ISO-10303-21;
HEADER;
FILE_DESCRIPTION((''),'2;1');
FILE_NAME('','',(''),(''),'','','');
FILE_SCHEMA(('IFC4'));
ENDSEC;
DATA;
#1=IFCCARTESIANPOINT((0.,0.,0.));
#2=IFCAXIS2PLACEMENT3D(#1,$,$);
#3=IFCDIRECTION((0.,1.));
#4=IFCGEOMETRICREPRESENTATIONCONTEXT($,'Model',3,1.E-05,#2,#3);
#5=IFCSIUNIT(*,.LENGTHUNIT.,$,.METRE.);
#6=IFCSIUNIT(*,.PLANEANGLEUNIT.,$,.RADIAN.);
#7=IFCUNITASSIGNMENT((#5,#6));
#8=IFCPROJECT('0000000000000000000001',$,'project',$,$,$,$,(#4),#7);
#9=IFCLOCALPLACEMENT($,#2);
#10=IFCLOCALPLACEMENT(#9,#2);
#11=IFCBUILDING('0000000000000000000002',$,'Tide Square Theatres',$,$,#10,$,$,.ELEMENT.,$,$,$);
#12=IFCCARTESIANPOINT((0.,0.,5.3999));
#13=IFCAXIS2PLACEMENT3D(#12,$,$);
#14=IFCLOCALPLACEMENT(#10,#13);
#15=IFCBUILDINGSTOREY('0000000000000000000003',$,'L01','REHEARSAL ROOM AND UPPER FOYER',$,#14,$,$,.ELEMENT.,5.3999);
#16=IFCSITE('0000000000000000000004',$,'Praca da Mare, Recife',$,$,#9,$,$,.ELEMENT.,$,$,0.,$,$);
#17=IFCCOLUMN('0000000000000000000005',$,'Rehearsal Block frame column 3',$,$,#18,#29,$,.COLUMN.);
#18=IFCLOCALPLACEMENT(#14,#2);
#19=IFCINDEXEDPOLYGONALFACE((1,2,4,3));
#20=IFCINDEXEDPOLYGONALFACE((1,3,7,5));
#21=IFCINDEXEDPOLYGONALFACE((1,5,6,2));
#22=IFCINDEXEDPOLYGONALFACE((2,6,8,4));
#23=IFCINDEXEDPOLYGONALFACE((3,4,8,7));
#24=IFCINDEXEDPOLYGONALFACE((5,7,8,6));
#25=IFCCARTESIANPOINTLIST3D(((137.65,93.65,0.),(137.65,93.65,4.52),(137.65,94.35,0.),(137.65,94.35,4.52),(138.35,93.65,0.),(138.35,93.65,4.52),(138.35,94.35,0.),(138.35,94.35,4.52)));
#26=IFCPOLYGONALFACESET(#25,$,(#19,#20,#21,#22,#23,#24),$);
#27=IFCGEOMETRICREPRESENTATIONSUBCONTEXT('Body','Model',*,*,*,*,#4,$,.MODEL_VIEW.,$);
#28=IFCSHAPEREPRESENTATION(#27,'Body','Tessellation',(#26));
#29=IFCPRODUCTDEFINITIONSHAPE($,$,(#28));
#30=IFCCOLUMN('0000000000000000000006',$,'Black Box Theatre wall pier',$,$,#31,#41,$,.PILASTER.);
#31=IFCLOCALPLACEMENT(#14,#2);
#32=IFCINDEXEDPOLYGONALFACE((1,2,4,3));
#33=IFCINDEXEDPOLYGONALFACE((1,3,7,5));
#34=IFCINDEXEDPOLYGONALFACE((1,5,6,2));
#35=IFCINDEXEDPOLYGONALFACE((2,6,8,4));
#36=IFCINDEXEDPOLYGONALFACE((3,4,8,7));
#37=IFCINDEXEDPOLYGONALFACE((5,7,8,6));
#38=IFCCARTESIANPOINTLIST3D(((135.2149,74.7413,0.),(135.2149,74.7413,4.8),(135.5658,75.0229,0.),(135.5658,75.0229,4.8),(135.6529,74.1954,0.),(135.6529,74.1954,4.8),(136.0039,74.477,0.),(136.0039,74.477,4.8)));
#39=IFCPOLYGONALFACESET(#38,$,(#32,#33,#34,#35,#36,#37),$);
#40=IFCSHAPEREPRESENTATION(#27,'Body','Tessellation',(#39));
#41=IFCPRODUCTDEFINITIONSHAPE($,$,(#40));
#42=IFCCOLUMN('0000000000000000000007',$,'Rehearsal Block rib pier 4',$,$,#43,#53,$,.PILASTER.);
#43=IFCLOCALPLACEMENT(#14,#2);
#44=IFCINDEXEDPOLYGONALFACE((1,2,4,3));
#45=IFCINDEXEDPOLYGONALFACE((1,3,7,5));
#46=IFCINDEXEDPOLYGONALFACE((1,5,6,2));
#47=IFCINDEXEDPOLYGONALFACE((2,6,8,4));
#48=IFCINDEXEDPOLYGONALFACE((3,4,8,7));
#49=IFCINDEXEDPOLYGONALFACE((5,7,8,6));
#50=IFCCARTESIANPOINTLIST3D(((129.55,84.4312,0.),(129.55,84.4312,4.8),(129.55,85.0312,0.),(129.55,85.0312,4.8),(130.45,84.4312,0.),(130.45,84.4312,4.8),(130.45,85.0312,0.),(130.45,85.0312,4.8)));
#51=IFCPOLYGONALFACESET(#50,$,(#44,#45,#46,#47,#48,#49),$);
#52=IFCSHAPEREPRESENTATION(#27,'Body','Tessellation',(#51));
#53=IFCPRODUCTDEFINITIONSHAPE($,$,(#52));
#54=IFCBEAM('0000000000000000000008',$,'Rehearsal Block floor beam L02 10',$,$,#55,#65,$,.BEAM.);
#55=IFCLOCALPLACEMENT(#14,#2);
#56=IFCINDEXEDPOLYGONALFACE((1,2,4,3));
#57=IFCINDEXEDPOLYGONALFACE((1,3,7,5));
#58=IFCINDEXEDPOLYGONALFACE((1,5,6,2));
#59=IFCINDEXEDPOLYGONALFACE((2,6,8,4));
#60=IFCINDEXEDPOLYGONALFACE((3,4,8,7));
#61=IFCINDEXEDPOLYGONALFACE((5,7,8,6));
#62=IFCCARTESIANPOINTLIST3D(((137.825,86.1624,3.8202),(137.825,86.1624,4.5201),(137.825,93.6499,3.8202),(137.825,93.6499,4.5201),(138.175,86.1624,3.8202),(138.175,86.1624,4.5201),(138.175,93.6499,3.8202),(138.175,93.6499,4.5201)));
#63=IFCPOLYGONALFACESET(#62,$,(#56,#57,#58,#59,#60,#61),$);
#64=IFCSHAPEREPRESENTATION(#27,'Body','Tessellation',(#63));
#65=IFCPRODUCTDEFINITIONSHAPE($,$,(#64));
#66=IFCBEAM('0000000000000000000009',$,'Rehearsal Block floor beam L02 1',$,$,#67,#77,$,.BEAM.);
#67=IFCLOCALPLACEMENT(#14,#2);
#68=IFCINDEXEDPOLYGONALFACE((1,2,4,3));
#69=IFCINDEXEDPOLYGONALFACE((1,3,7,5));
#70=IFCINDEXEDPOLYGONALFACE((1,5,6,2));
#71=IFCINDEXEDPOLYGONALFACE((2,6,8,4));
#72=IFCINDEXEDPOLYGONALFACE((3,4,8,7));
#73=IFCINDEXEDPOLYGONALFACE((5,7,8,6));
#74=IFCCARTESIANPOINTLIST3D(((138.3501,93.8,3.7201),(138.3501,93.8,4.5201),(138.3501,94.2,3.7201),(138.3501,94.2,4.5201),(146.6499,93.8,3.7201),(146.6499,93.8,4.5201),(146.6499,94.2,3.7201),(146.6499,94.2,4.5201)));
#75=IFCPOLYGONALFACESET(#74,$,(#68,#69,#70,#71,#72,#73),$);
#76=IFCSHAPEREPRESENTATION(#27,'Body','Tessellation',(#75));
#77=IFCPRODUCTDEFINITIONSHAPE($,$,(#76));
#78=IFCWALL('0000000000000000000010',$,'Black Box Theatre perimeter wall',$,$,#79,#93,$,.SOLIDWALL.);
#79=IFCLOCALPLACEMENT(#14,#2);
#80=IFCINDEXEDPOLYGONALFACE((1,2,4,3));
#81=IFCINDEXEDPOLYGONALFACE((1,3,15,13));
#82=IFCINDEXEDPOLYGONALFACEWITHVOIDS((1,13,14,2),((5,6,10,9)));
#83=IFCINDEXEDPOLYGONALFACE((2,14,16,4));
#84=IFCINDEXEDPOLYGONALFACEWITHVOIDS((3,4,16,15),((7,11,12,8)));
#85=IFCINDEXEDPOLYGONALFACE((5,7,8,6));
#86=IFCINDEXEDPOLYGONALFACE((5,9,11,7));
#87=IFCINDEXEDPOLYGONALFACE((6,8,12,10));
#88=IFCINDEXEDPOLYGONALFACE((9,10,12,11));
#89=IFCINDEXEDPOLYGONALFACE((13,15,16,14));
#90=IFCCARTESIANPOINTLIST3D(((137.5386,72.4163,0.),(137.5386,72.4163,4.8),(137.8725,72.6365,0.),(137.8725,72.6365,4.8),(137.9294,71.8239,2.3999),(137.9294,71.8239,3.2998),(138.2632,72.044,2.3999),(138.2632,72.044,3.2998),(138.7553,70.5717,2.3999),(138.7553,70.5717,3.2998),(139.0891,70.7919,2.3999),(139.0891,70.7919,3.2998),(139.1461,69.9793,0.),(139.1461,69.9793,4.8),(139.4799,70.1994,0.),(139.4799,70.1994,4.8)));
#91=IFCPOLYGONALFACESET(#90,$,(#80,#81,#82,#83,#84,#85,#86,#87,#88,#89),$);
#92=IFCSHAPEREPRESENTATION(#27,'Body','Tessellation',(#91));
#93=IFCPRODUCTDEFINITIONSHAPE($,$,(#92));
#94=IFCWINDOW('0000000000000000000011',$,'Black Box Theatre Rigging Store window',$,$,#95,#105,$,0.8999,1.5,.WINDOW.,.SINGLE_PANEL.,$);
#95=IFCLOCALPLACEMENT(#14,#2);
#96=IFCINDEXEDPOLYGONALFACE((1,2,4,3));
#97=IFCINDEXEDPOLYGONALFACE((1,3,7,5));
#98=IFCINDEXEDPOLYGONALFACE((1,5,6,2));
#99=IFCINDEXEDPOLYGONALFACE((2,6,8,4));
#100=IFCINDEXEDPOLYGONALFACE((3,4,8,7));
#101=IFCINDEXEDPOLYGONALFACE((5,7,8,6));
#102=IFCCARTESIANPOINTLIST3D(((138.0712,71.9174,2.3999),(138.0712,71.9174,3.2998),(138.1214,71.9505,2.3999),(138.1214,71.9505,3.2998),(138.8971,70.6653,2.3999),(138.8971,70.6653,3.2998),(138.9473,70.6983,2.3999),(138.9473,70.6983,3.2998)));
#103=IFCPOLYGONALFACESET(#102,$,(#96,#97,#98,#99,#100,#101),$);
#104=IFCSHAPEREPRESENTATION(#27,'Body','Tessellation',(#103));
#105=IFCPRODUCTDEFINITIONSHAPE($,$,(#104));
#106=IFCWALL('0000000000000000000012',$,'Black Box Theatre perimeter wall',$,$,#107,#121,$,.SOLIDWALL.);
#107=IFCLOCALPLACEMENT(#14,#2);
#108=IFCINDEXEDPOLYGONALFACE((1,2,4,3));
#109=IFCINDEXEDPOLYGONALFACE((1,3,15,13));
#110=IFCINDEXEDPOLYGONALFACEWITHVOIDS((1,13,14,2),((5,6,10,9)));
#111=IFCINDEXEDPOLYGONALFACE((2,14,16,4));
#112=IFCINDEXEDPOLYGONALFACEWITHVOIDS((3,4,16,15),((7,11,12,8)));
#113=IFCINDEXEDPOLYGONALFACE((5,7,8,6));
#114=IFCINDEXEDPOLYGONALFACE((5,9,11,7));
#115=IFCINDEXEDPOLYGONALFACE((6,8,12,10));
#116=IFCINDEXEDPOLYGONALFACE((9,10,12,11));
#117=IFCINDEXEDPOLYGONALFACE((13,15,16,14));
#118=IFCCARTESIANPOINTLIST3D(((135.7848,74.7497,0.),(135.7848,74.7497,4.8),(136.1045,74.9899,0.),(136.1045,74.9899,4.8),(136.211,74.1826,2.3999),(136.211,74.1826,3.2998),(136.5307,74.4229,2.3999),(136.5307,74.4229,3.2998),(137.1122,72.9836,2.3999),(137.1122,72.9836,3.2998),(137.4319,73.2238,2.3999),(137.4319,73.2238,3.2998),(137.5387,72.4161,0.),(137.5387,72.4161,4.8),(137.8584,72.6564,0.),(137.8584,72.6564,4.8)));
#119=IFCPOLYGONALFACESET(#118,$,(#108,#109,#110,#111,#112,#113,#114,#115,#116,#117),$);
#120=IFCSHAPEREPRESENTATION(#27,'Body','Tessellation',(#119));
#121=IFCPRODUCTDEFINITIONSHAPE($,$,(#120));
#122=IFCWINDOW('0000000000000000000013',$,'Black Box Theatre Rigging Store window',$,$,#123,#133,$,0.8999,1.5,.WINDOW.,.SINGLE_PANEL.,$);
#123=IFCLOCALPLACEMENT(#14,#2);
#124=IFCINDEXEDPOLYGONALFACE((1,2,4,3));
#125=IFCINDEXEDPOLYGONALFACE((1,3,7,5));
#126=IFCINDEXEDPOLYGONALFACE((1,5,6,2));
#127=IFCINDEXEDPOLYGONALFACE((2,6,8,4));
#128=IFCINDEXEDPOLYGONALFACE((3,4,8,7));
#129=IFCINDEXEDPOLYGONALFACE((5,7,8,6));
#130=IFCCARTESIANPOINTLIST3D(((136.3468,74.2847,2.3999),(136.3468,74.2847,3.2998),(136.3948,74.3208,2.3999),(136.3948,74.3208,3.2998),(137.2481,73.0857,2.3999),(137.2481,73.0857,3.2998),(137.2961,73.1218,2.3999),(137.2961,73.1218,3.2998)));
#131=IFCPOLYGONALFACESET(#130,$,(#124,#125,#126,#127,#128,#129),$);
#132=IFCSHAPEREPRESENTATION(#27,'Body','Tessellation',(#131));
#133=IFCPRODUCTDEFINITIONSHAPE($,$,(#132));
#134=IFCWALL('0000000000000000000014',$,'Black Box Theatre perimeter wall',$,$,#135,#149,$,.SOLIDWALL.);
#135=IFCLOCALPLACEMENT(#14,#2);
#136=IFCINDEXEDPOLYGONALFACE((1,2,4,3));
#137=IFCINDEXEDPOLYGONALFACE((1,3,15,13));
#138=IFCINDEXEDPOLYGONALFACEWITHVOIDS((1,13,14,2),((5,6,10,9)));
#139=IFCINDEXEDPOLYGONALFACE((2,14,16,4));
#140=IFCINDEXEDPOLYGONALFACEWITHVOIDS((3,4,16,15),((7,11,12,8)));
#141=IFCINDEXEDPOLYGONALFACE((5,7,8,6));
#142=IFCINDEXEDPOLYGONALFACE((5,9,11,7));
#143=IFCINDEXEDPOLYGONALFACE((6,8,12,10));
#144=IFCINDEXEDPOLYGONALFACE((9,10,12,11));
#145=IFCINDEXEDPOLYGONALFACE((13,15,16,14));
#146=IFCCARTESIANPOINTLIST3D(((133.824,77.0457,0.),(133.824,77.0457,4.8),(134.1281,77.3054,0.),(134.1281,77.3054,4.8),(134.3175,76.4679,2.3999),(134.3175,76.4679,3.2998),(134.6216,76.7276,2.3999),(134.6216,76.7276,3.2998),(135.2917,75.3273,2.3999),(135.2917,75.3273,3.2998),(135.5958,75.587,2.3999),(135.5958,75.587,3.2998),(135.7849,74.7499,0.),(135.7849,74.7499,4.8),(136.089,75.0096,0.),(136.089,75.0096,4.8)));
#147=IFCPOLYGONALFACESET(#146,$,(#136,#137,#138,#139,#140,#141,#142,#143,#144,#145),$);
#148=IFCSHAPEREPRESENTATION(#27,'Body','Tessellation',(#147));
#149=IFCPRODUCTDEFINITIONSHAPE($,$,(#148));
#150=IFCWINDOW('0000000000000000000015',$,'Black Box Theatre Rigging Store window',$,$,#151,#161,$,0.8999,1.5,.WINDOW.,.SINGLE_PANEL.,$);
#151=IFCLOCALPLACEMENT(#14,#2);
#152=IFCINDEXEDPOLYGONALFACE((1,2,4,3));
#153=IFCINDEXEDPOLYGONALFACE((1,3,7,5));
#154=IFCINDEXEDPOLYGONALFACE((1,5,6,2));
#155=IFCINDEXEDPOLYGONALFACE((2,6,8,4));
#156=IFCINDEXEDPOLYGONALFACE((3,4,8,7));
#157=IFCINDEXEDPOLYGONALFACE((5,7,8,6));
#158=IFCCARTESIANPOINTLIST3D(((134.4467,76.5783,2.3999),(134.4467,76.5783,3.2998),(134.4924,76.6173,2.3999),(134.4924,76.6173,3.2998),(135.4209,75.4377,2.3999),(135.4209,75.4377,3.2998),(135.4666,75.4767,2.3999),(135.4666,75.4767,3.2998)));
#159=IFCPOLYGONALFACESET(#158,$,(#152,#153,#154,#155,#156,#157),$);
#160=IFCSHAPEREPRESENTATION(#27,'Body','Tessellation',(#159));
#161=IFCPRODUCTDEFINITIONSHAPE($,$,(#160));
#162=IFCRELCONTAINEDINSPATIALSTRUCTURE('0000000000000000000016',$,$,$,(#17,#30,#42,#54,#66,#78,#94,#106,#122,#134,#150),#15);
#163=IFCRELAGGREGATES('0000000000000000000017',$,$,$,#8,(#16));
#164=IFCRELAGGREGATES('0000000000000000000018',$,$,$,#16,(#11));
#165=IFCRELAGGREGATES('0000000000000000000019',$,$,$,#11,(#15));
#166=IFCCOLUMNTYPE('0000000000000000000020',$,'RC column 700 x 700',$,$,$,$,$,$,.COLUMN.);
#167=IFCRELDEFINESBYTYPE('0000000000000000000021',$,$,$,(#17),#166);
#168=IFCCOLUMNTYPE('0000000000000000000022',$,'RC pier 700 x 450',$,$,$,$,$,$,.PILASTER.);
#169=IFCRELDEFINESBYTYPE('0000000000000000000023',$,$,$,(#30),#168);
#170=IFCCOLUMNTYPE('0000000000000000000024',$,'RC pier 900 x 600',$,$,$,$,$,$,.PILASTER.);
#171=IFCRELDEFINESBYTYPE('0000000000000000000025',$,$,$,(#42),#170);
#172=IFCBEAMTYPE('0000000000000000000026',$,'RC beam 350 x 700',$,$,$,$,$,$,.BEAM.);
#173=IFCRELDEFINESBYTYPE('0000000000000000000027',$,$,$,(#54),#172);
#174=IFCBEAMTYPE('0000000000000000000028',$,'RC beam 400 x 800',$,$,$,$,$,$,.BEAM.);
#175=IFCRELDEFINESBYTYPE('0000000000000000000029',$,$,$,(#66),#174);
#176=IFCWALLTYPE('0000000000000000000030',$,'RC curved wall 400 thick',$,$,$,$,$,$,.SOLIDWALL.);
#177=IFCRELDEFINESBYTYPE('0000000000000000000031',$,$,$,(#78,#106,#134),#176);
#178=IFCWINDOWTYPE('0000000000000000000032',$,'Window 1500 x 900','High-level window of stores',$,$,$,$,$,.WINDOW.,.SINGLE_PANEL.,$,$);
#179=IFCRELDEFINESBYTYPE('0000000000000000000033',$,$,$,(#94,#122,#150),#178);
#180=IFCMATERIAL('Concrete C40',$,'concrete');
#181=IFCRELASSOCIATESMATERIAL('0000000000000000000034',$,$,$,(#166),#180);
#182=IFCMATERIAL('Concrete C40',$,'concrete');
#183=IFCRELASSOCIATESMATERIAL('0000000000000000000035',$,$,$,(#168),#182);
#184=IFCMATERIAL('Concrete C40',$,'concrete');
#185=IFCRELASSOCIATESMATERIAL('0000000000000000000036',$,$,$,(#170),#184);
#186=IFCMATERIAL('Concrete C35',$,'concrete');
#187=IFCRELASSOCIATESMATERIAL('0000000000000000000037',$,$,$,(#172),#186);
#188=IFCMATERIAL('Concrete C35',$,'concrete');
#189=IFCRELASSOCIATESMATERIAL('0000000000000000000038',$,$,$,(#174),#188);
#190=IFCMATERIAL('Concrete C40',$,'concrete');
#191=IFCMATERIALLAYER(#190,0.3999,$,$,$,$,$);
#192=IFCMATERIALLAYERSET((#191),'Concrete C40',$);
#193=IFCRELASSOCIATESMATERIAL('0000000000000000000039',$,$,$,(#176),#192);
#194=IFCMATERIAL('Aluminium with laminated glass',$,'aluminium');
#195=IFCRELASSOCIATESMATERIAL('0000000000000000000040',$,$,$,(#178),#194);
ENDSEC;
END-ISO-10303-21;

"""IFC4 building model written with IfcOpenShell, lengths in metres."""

from ifc_helpers import new_model, si_unit, direction, frame, frame_2d, origin, origin_2d, place, context, subcontext, project, spatial, rectangle, extrude, material, layer, layer_set, material_profile, profile_set, type_object, element, fill, save


model = new_model("IFC4")

# Units and contexts
model_context = context("Model", 3, precision=1e-05, world=origin(), true_north=direction((0.0, 1.0)))
body_context = subcontext(model_context, "Body", "Model", "MODEL_VIEW")
ifc_project = project(units=[si_unit("LENGTHUNIT", "METRE"), si_unit("PLANEANGLEUNIT", "RADIAN")], contexts=[model_context])

# Site, building, storey
site_placement = place(None, origin())
site = spatial("IfcSite", under=ifc_project, at=site_placement, Name="Praca da Mare, Recife", CompositionType="ELEMENT", RefElevation=0.0)
building_placement = place(site_placement, origin())
building = spatial("IfcBuilding", under=site, at=building_placement, Name="Tide Square Theatres", CompositionType="ELEMENT")
storey_placement = place(building_placement, frame((0.0, 0.0, 5.3999)))
storey = spatial("IfcBuildingStorey", under=building, at=storey_placement, Name="L01", Description="REHEARSAL ROOM AND UPPER FOYER", CompositionType="ELEMENT", Elevation=5.3999)

# Columns
ifc_material_1 = material(Name="Concrete C40", Category="concrete")
ifc_material_profile_1 = material_profile(ifc_material_1, rectangle(XDim=0.7, YDim=0.7, at=origin_2d()))
ifc_profile_set_1 = profile_set([ifc_material_profile_1], Name="Concrete C40")
column_type_1 = type_object("IfcColumnType", Name="RC column 700 x 700", PredefinedType="COLUMN", material=ifc_profile_set_1)
column_1_placement = place(storey_placement, frame((138.0, 94.0, 0.0), z_axis=(0.0, 0.0, 1.0), x_axis=(1.0, 0.0, 0.0)))
element("IfcColumn", 1, at=column_1_placement, inside=storey, type_object=column_type_1, Name="Rehearsal Block frame column 3", PredefinedType="COLUMN", context=body_context, shape_type="SweptSolid", body=[
    extrude(rectangle(XDim=0.7, YDim=0.7, at=origin_2d()), origin(), (0.0, 0.0, 1.0), 4.52),
])
ifc_material_2 = material(Name="Concrete C40", Category="concrete")
ifc_material_profile_2 = material_profile(ifc_material_2, rectangle(XDim=0.7, YDim=0.45, at=origin_2d()))
ifc_profile_set_2 = profile_set([ifc_material_profile_2], Name="Concrete C40")
column_type_2 = type_object("IfcColumnType", Name="RC pier 700 x 450", PredefinedType="PILASTER", material=ifc_profile_set_2)
column_2_placement = place(storey_placement, frame((135.6094, 74.6091, 0.0), z_axis=(0.0, 0.0, 1.0), x_axis=(-0.625819, 0.779968, 0.0)))
element("IfcColumn", 2, at=column_2_placement, inside=storey, type_object=column_type_2, Name="Black Box Theatre wall pier", PredefinedType="PILASTER", context=body_context, shape_type="SweptSolid", body=[
    extrude(rectangle(XDim=0.7, YDim=0.45, at=origin_2d()), origin(), (0.0, 0.0, 1.0), 4.8),
])
ifc_material_3 = material(Name="Concrete C40", Category="concrete")
ifc_material_profile_3 = material_profile(ifc_material_3, rectangle(XDim=0.8999, YDim=0.6001, at=origin_2d()))
ifc_profile_set_3 = profile_set([ifc_material_profile_3], Name="Concrete C40")
column_type_3 = type_object("IfcColumnType", Name="RC pier 900 x 600", PredefinedType="PILASTER", material=ifc_profile_set_3)
column_3_placement = place(storey_placement, frame((130.0, 84.7312, 0.0), z_axis=(0.0, 0.0, 1.0), x_axis=(1.0, 0.0, 0.0)))
element("IfcColumn", 3, at=column_3_placement, inside=storey, type_object=column_type_3, Name="Rehearsal Block rib pier 4", PredefinedType="PILASTER", context=body_context, shape_type="SweptSolid", body=[
    extrude(rectangle(XDim=0.8999, YDim=0.6001, at=origin_2d()), origin(), (0.0, 0.0, 1.0), 4.8),
])

# Beams
ifc_material_4 = material(Name="Concrete C35", Category="concrete")
ifc_material_profile_4 = material_profile(ifc_material_4, rectangle(XDim=0.3501, YDim=0.7, at=origin_2d()))
ifc_profile_set_4 = profile_set([ifc_material_profile_4], Name="Concrete C35")
beam_type_1 = type_object("IfcBeamType", Name="RC beam 350 x 700", PredefinedType="BEAM", material=ifc_profile_set_4)
beam_1_placement = place(storey_placement, frame((138.0, 86.1624, 4.1702), z_axis=(0.0, 1.0, 0.0), x_axis=(-1.0, 0.0, 0.0)))
element("IfcBeam", 4, at=beam_1_placement, inside=storey, type_object=beam_type_1, Name="Rehearsal Block floor beam L02 10", PredefinedType="BEAM", context=body_context, shape_type="SweptSolid", body=[
    extrude(rectangle(XDim=0.3501, YDim=0.7, at=origin_2d()), origin(), (0.0, 0.0, 1.0), 7.4875),
])
ifc_material_5 = material(Name="Concrete C35", Category="concrete")
ifc_material_profile_5 = material_profile(ifc_material_5, rectangle(XDim=0.3999, YDim=0.8, at=origin_2d()))
ifc_profile_set_5 = profile_set([ifc_material_profile_5], Name="Concrete C35")
beam_type_2 = type_object("IfcBeamType", Name="RC beam 400 x 800", PredefinedType="BEAM", material=ifc_profile_set_5)
beam_2_placement = place(storey_placement, frame((138.3501, 94.0, 4.1201), z_axis=(1.0, 0.0, 0.0), x_axis=(0.0, 1.0, 0.0)))
element("IfcBeam", 5, at=beam_2_placement, inside=storey, type_object=beam_type_2, Name="Rehearsal Block floor beam L02 1", PredefinedType="BEAM", context=body_context, shape_type="SweptSolid", body=[
    extrude(rectangle(XDim=0.3999, YDim=0.8, at=origin_2d()), origin(), (0.0, 0.0, 1.0), 8.2998),
])

# Walls, openings, windows
ifc_material_6 = material(Name="Concrete C40", Category="concrete")
ifc_layer_1 = layer(ifc_material_6, 0.3999)
ifc_layer_set_1 = layer_set([ifc_layer_1], Name="Concrete C40")
wall_type_1 = type_object("IfcWallType", Name="RC curved wall 400 thick", PredefinedType="SOLIDWALL", material=ifc_layer_set_1)
wall_1_placement = place(storey_placement, frame((139.313, 70.0894, 0.0), z_axis=(0.0, 0.0, 1.0), x_axis=(-0.550602, 0.834768, 0.0)))
wall_1 = element("IfcWall", 6, at=wall_1_placement, inside=storey, type_object=wall_type_1, Name="Black Box Theatre perimeter wall", PredefinedType="SOLIDWALL", context=body_context, shape_type="SweptSolid", body=[
    extrude(rectangle(XDim=2.9194, YDim=0.3999, at=frame_2d((1.4597, 0.0))), origin(), (0.0, 0.0, 1.0), 4.8),
])
opening_1_placement = place(wall_1_placement, frame((0.7097, 0.0, 2.3999)))
opening_1 = element("IfcOpeningElement", 7, at=opening_1_placement, cuts=wall_1, PredefinedType="OPENING", context=body_context, shape_type="SweptSolid", body=[
    extrude(rectangle(XDim=1.5, YDim=0.8999, at=frame_2d((0.75, 0.45))), frame((0.0, 0.21, 0.0), z_axis=(0.0, -1.0, 0.0), x_axis=(1.0, 0.0, 0.0)), (0.0, 0.0, 1.0), 0.4199),
])
ifc_material_7 = material(Name="Aluminium with laminated glass", Category="aluminium")
window_type_1 = type_object("IfcWindowType", Name="Window 1500 x 900", Description="High-level window of stores", PartitioningType="SINGLE_PANEL", PredefinedType="WINDOW", material=ifc_material_7)
window_1_placement = place(opening_1_placement, origin())
window_1 = element("IfcWindow", 8, at=window_1_placement, inside=storey, type_object=window_type_1, Name="Black Box Theatre Rigging Store window", OverallHeight=0.8999, OverallWidth=1.5, PartitioningType="SINGLE_PANEL", PredefinedType="WINDOW", context=body_context, shape_type="SweptSolid", body=[
    extrude(rectangle(XDim=1.5, YDim=0.8999, at=frame_2d((0.75, 0.45))), frame((0.0, 0.03, 0.0), z_axis=(0.0, -1.0, 0.0), x_axis=(1.0, 0.0, 0.0)), (0.0, 0.0, 1.0), 0.0601),
])
fill(opening_1, window_1)
wall_2_placement = place(storey_placement, frame((137.6985, 72.5364, 0.0), z_axis=(0.0, 0.0, 1.0), x_axis=(-0.600829, 0.799377, 0.0)))
wall_2 = element("IfcWall", 9, at=wall_2_placement, inside=storey, type_object=wall_type_1, Name="Black Box Theatre perimeter wall", PredefinedType="SOLIDWALL", context=body_context, shape_type="SweptSolid", body=[
    extrude(rectangle(XDim=2.9192, YDim=0.3999, at=frame_2d((1.4595, 0.0))), origin(), (0.0, 0.0, 1.0), 4.8),
])
opening_2_placement = place(wall_2_placement, frame((0.7097, 0.0, 2.3999)))
opening_2 = element("IfcOpeningElement", 10, at=opening_2_placement, cuts=wall_2, PredefinedType="OPENING", context=body_context, shape_type="SweptSolid", body=[
    extrude(rectangle(XDim=1.5, YDim=0.8999, at=frame_2d((0.75, 0.45))), frame((0.0, 0.21, 0.0), z_axis=(0.0, -1.0, 0.0), x_axis=(1.0, 0.0, 0.0)), (0.0, 0.0, 1.0), 0.4199),
])
window_2_placement = place(opening_2_placement, origin())
window_2 = element("IfcWindow", 11, at=window_2_placement, inside=storey, type_object=window_type_1, Name="Black Box Theatre Rigging Store window", OverallHeight=0.8999, OverallWidth=1.5, PartitioningType="SINGLE_PANEL", PredefinedType="WINDOW", context=body_context, shape_type="SweptSolid", body=[
    extrude(rectangle(XDim=1.5, YDim=0.8999, at=frame_2d((0.75, 0.45))), frame((0.0, 0.03, 0.0), z_axis=(0.0, -1.0, 0.0), x_axis=(1.0, 0.0, 0.0)), (0.0, 0.0, 1.0), 0.0601),
])
fill(opening_2, window_2)
wall_3_placement = place(storey_placement, frame((135.937, 74.8796, 0.0), z_axis=(0.0, 0.0, 1.0), x_axis=(-0.649459, 0.760397, 0.0)))
wall_3 = element("IfcWall", 12, at=wall_3_placement, inside=storey, type_object=wall_type_1, Name="Black Box Theatre perimeter wall", PredefinedType="SOLIDWALL", context=body_context, shape_type="SweptSolid", body=[
    extrude(rectangle(XDim=3.0193, YDim=0.3999, at=frame_2d((1.5098, 0.0))), origin(), (0.0, 0.0, 1.0), 4.8),
])
opening_3_placement = place(wall_3_placement, frame((0.7595, 0.0, 2.3999)))
opening_3 = element("IfcOpeningElement", 13, at=opening_3_placement, cuts=wall_3, PredefinedType="OPENING", context=body_context, shape_type="SweptSolid", body=[
    extrude(rectangle(XDim=1.5, YDim=0.8999, at=frame_2d((0.75, 0.45))), frame((0.0, 0.21, 0.0), z_axis=(0.0, -1.0, 0.0), x_axis=(1.0, 0.0, 0.0)), (0.0, 0.0, 1.0), 0.4199),
])
window_3_placement = place(opening_3_placement, origin())
window_3 = element("IfcWindow", 14, at=window_3_placement, inside=storey, type_object=window_type_1, Name="Black Box Theatre Rigging Store window", OverallHeight=0.8999, OverallWidth=1.5, PartitioningType="SINGLE_PANEL", PredefinedType="WINDOW", context=body_context, shape_type="SweptSolid", body=[
    extrude(rectangle(XDim=1.5, YDim=0.8999, at=frame_2d((0.75, 0.45))), frame((0.0, 0.03, 0.0), z_axis=(0.0, -1.0, 0.0), x_axis=(1.0, 0.0, 0.0)), (0.0, 0.0, 1.0), 0.0601),
])
fill(opening_3, window_3)

save(model, "model.ifc")
